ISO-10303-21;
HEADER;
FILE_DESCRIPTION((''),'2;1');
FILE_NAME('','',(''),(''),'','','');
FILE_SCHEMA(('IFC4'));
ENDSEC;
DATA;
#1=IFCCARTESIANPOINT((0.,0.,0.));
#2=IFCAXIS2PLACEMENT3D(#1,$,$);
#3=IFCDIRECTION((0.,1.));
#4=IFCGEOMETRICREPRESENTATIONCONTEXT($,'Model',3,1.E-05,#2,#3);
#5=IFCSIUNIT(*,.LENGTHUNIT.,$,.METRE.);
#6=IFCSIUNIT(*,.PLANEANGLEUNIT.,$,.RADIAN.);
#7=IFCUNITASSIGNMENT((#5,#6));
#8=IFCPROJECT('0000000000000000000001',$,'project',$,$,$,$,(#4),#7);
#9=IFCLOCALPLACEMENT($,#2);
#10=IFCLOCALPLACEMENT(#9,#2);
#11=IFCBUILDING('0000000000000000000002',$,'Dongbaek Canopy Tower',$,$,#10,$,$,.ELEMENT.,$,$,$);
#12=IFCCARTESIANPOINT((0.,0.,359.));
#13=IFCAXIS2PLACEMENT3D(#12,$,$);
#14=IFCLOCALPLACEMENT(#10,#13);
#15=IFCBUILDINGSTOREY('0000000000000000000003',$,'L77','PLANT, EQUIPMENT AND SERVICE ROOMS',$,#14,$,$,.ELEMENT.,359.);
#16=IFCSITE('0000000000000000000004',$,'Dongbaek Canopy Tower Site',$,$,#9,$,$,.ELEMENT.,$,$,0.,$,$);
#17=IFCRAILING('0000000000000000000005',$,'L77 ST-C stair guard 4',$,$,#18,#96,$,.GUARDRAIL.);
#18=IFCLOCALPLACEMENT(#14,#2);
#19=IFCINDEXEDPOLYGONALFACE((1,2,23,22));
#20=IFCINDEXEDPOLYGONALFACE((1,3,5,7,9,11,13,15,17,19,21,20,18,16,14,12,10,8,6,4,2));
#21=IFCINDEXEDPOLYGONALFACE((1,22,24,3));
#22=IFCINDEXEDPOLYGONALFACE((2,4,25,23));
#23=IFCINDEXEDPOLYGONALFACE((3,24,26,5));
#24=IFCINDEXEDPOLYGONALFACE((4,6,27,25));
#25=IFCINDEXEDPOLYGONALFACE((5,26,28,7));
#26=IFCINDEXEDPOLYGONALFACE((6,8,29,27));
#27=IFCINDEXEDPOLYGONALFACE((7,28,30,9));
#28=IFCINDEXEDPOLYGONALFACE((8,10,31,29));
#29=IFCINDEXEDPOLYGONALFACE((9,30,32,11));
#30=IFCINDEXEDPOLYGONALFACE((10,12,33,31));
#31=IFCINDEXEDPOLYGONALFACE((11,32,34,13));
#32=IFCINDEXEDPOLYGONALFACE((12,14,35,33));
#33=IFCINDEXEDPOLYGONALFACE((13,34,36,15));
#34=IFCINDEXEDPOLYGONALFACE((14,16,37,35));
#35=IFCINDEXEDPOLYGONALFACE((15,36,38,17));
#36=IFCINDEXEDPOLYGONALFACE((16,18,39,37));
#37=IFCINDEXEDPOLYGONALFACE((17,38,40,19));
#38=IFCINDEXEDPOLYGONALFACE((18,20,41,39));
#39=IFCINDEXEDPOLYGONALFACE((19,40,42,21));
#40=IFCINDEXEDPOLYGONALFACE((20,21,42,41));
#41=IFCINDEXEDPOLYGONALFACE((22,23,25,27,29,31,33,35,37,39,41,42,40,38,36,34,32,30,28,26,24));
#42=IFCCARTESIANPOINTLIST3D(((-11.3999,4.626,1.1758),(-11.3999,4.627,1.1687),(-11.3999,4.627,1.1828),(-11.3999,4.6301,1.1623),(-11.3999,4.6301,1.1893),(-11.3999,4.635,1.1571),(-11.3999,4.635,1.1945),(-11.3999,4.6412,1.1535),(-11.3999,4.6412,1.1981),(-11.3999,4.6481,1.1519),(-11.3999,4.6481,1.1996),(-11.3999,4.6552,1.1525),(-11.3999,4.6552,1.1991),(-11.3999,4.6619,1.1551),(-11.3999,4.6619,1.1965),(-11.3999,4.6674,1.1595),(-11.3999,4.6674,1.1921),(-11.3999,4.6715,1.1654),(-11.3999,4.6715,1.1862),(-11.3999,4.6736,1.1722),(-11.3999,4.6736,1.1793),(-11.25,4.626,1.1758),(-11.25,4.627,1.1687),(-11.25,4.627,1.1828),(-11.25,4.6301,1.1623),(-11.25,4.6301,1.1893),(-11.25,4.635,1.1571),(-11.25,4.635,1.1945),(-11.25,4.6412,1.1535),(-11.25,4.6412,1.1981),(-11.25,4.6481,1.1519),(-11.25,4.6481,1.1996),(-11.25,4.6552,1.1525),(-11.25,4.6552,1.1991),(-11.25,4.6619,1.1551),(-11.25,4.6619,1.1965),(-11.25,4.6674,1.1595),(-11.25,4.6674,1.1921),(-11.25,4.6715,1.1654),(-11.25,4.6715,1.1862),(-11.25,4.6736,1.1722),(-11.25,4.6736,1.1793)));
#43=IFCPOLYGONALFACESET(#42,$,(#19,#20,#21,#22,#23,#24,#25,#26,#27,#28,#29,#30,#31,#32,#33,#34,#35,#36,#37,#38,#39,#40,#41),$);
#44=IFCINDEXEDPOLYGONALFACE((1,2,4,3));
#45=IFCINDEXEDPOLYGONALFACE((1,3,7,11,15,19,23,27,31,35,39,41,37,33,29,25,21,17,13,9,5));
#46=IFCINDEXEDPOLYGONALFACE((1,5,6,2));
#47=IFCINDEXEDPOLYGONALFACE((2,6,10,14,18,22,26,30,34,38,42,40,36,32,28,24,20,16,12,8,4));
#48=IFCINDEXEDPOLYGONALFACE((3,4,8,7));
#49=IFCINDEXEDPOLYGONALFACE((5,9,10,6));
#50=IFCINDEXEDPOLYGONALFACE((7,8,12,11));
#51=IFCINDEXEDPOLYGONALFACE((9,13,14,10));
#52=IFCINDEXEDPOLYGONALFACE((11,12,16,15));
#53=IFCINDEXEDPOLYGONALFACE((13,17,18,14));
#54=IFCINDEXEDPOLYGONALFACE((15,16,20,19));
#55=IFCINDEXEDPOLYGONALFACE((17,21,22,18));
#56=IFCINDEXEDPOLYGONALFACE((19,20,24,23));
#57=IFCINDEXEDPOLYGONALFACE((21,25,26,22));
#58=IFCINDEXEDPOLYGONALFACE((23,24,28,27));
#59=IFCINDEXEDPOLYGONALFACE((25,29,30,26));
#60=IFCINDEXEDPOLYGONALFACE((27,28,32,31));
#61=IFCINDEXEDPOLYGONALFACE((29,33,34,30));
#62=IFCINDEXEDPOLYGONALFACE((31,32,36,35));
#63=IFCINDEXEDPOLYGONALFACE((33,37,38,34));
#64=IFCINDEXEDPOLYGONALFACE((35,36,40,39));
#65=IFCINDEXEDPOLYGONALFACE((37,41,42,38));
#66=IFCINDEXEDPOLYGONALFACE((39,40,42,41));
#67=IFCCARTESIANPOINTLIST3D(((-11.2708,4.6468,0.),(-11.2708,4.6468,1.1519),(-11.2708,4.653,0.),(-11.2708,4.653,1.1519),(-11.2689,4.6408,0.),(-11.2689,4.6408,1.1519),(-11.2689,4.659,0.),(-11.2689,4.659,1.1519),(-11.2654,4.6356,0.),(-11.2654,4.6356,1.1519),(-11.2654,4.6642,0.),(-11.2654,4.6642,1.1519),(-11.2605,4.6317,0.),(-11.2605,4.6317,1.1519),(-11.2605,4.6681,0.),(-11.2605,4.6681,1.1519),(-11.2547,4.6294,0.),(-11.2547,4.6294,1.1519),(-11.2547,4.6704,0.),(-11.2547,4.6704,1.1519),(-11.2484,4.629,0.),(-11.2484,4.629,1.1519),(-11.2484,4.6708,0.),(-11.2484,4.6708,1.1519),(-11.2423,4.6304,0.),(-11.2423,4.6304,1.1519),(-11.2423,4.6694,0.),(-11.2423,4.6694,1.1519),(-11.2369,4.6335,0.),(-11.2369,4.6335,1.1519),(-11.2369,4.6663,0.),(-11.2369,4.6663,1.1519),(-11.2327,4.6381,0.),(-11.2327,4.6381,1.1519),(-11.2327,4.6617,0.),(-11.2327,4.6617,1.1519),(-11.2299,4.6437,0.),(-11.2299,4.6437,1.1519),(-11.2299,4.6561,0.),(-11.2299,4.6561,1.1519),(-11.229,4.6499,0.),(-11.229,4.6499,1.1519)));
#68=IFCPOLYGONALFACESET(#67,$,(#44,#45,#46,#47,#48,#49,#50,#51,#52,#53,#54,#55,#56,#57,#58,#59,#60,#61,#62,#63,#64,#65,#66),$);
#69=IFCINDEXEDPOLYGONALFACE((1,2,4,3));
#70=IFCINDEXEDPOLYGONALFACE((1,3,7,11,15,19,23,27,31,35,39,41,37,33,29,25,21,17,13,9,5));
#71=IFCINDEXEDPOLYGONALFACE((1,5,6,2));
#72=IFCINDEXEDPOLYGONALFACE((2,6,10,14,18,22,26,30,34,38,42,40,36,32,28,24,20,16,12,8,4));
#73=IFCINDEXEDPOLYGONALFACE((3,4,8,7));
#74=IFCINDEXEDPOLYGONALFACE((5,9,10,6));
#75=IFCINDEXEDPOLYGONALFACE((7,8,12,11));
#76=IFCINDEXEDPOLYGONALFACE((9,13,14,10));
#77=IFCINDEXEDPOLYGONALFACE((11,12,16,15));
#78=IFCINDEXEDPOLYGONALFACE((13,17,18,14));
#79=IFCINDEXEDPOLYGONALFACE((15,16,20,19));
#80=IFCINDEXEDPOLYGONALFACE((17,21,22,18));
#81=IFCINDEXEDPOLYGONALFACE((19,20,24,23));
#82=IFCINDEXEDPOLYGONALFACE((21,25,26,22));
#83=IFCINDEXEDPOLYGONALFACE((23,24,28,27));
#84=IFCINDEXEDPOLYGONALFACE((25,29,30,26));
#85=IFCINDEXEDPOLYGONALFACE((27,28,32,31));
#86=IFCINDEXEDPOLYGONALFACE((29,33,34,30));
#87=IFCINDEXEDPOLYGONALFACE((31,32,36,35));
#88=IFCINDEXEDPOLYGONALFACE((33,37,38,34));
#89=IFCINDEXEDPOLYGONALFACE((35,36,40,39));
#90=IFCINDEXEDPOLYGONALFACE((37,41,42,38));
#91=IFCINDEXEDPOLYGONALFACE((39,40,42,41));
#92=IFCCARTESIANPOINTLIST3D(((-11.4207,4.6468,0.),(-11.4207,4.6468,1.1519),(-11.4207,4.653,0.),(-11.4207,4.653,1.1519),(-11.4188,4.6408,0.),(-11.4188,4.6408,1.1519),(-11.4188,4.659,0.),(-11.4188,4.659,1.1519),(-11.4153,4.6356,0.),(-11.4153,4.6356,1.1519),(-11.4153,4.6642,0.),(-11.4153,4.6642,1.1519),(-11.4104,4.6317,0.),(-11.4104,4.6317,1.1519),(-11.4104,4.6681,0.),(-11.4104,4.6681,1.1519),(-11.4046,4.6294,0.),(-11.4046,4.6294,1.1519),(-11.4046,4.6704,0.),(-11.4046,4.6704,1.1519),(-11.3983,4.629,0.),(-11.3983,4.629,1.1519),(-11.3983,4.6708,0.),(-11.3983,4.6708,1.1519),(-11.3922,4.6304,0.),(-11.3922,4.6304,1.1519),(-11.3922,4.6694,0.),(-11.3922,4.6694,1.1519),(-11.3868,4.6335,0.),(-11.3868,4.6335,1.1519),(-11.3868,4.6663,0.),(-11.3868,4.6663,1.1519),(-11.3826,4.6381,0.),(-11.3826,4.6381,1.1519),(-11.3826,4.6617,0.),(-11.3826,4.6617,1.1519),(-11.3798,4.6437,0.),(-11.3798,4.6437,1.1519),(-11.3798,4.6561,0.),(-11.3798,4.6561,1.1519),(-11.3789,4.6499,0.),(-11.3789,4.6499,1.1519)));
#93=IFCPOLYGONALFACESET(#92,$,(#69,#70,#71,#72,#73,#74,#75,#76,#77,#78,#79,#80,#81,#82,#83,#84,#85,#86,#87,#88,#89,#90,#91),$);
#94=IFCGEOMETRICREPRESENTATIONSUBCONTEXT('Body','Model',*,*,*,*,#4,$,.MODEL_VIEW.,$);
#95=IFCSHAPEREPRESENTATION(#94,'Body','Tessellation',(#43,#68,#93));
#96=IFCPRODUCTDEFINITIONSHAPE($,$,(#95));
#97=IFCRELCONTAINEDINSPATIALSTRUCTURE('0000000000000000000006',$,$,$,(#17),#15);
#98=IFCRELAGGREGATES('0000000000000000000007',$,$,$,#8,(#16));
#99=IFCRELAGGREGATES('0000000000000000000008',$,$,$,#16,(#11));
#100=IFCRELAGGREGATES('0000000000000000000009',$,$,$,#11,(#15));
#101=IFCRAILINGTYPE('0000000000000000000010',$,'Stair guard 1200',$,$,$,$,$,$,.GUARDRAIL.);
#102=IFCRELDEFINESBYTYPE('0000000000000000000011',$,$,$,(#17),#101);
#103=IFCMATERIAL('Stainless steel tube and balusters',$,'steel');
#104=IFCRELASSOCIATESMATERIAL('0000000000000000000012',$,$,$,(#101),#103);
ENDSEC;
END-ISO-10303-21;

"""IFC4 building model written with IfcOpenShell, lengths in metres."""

from ifc_helpers import new_model, si_unit, direction, frame, origin, origin_2d, place, context, subcontext, project, spatial, circle, extrude, material, type_object, element, save


model = new_model("IFC4")

# Units and contexts
model_context = context("Model", 3, precision=1e-05, world=origin(), true_north=direction((0.0, 1.0)))
body_context = subcontext(model_context, "Body", "Model", "MODEL_VIEW")
ifc_project = project(units=[si_unit("LENGTHUNIT", "METRE"), si_unit("PLANEANGLEUNIT", "RADIAN")], contexts=[model_context])

# Site, building, storey
site_placement = place(None, origin())
site = spatial("IfcSite", under=ifc_project, at=site_placement, Name="Dongbaek Canopy Tower Site", CompositionType="ELEMENT", RefElevation=0.0)
building_placement = place(site_placement, origin())
building = spatial("IfcBuilding", under=site, at=building_placement, Name="Dongbaek Canopy Tower", CompositionType="ELEMENT")
storey_placement = place(building_placement, frame((0.0, 0.0, 359.0)))
storey = spatial("IfcBuildingStorey", under=building, at=storey_placement, Name="L77", Description="PLANT, EQUIPMENT AND SERVICE ROOMS", CompositionType="ELEMENT", Elevation=359.0)

# Railing
ifc_material_1 = material(Name="Stainless steel tube and balusters", Category="steel")
railing_type_1 = type_object("IfcRailingType", Name="Stair guard 1200", PredefinedType="GUARDRAIL", material=ifc_material_1)
railing_1_placement = place(storey_placement, frame((-11.25, 4.6499, 0.0)))
element("IfcRailing", 1, at=railing_1_placement, inside=storey, type_object=railing_type_1, Name="L77 ST-C stair guard 4", PredefinedType="GUARDRAIL", context=body_context, shape_type="SweptSolid", body=[
    extrude(circle(Radius=0.0239, at=origin_2d()), frame((0.0, 0.0, 1.1758), z_axis=(-1.0, 0.0, 0.0), x_axis=(0.0, -1.0, 0.0)), (0.0, 0.0, 1.0), 0.1499),
    extrude(circle(Radius=0.021, at=origin_2d()), origin(), (0.0, 0.0, 1.0), 1.1519),
    extrude(circle(Radius=0.021, at=origin_2d()), frame((-0.1499, 0.0, 0.0)), (0.0, 0.0, 1.0), 1.1519),
])

save(model, "model.ifc")
